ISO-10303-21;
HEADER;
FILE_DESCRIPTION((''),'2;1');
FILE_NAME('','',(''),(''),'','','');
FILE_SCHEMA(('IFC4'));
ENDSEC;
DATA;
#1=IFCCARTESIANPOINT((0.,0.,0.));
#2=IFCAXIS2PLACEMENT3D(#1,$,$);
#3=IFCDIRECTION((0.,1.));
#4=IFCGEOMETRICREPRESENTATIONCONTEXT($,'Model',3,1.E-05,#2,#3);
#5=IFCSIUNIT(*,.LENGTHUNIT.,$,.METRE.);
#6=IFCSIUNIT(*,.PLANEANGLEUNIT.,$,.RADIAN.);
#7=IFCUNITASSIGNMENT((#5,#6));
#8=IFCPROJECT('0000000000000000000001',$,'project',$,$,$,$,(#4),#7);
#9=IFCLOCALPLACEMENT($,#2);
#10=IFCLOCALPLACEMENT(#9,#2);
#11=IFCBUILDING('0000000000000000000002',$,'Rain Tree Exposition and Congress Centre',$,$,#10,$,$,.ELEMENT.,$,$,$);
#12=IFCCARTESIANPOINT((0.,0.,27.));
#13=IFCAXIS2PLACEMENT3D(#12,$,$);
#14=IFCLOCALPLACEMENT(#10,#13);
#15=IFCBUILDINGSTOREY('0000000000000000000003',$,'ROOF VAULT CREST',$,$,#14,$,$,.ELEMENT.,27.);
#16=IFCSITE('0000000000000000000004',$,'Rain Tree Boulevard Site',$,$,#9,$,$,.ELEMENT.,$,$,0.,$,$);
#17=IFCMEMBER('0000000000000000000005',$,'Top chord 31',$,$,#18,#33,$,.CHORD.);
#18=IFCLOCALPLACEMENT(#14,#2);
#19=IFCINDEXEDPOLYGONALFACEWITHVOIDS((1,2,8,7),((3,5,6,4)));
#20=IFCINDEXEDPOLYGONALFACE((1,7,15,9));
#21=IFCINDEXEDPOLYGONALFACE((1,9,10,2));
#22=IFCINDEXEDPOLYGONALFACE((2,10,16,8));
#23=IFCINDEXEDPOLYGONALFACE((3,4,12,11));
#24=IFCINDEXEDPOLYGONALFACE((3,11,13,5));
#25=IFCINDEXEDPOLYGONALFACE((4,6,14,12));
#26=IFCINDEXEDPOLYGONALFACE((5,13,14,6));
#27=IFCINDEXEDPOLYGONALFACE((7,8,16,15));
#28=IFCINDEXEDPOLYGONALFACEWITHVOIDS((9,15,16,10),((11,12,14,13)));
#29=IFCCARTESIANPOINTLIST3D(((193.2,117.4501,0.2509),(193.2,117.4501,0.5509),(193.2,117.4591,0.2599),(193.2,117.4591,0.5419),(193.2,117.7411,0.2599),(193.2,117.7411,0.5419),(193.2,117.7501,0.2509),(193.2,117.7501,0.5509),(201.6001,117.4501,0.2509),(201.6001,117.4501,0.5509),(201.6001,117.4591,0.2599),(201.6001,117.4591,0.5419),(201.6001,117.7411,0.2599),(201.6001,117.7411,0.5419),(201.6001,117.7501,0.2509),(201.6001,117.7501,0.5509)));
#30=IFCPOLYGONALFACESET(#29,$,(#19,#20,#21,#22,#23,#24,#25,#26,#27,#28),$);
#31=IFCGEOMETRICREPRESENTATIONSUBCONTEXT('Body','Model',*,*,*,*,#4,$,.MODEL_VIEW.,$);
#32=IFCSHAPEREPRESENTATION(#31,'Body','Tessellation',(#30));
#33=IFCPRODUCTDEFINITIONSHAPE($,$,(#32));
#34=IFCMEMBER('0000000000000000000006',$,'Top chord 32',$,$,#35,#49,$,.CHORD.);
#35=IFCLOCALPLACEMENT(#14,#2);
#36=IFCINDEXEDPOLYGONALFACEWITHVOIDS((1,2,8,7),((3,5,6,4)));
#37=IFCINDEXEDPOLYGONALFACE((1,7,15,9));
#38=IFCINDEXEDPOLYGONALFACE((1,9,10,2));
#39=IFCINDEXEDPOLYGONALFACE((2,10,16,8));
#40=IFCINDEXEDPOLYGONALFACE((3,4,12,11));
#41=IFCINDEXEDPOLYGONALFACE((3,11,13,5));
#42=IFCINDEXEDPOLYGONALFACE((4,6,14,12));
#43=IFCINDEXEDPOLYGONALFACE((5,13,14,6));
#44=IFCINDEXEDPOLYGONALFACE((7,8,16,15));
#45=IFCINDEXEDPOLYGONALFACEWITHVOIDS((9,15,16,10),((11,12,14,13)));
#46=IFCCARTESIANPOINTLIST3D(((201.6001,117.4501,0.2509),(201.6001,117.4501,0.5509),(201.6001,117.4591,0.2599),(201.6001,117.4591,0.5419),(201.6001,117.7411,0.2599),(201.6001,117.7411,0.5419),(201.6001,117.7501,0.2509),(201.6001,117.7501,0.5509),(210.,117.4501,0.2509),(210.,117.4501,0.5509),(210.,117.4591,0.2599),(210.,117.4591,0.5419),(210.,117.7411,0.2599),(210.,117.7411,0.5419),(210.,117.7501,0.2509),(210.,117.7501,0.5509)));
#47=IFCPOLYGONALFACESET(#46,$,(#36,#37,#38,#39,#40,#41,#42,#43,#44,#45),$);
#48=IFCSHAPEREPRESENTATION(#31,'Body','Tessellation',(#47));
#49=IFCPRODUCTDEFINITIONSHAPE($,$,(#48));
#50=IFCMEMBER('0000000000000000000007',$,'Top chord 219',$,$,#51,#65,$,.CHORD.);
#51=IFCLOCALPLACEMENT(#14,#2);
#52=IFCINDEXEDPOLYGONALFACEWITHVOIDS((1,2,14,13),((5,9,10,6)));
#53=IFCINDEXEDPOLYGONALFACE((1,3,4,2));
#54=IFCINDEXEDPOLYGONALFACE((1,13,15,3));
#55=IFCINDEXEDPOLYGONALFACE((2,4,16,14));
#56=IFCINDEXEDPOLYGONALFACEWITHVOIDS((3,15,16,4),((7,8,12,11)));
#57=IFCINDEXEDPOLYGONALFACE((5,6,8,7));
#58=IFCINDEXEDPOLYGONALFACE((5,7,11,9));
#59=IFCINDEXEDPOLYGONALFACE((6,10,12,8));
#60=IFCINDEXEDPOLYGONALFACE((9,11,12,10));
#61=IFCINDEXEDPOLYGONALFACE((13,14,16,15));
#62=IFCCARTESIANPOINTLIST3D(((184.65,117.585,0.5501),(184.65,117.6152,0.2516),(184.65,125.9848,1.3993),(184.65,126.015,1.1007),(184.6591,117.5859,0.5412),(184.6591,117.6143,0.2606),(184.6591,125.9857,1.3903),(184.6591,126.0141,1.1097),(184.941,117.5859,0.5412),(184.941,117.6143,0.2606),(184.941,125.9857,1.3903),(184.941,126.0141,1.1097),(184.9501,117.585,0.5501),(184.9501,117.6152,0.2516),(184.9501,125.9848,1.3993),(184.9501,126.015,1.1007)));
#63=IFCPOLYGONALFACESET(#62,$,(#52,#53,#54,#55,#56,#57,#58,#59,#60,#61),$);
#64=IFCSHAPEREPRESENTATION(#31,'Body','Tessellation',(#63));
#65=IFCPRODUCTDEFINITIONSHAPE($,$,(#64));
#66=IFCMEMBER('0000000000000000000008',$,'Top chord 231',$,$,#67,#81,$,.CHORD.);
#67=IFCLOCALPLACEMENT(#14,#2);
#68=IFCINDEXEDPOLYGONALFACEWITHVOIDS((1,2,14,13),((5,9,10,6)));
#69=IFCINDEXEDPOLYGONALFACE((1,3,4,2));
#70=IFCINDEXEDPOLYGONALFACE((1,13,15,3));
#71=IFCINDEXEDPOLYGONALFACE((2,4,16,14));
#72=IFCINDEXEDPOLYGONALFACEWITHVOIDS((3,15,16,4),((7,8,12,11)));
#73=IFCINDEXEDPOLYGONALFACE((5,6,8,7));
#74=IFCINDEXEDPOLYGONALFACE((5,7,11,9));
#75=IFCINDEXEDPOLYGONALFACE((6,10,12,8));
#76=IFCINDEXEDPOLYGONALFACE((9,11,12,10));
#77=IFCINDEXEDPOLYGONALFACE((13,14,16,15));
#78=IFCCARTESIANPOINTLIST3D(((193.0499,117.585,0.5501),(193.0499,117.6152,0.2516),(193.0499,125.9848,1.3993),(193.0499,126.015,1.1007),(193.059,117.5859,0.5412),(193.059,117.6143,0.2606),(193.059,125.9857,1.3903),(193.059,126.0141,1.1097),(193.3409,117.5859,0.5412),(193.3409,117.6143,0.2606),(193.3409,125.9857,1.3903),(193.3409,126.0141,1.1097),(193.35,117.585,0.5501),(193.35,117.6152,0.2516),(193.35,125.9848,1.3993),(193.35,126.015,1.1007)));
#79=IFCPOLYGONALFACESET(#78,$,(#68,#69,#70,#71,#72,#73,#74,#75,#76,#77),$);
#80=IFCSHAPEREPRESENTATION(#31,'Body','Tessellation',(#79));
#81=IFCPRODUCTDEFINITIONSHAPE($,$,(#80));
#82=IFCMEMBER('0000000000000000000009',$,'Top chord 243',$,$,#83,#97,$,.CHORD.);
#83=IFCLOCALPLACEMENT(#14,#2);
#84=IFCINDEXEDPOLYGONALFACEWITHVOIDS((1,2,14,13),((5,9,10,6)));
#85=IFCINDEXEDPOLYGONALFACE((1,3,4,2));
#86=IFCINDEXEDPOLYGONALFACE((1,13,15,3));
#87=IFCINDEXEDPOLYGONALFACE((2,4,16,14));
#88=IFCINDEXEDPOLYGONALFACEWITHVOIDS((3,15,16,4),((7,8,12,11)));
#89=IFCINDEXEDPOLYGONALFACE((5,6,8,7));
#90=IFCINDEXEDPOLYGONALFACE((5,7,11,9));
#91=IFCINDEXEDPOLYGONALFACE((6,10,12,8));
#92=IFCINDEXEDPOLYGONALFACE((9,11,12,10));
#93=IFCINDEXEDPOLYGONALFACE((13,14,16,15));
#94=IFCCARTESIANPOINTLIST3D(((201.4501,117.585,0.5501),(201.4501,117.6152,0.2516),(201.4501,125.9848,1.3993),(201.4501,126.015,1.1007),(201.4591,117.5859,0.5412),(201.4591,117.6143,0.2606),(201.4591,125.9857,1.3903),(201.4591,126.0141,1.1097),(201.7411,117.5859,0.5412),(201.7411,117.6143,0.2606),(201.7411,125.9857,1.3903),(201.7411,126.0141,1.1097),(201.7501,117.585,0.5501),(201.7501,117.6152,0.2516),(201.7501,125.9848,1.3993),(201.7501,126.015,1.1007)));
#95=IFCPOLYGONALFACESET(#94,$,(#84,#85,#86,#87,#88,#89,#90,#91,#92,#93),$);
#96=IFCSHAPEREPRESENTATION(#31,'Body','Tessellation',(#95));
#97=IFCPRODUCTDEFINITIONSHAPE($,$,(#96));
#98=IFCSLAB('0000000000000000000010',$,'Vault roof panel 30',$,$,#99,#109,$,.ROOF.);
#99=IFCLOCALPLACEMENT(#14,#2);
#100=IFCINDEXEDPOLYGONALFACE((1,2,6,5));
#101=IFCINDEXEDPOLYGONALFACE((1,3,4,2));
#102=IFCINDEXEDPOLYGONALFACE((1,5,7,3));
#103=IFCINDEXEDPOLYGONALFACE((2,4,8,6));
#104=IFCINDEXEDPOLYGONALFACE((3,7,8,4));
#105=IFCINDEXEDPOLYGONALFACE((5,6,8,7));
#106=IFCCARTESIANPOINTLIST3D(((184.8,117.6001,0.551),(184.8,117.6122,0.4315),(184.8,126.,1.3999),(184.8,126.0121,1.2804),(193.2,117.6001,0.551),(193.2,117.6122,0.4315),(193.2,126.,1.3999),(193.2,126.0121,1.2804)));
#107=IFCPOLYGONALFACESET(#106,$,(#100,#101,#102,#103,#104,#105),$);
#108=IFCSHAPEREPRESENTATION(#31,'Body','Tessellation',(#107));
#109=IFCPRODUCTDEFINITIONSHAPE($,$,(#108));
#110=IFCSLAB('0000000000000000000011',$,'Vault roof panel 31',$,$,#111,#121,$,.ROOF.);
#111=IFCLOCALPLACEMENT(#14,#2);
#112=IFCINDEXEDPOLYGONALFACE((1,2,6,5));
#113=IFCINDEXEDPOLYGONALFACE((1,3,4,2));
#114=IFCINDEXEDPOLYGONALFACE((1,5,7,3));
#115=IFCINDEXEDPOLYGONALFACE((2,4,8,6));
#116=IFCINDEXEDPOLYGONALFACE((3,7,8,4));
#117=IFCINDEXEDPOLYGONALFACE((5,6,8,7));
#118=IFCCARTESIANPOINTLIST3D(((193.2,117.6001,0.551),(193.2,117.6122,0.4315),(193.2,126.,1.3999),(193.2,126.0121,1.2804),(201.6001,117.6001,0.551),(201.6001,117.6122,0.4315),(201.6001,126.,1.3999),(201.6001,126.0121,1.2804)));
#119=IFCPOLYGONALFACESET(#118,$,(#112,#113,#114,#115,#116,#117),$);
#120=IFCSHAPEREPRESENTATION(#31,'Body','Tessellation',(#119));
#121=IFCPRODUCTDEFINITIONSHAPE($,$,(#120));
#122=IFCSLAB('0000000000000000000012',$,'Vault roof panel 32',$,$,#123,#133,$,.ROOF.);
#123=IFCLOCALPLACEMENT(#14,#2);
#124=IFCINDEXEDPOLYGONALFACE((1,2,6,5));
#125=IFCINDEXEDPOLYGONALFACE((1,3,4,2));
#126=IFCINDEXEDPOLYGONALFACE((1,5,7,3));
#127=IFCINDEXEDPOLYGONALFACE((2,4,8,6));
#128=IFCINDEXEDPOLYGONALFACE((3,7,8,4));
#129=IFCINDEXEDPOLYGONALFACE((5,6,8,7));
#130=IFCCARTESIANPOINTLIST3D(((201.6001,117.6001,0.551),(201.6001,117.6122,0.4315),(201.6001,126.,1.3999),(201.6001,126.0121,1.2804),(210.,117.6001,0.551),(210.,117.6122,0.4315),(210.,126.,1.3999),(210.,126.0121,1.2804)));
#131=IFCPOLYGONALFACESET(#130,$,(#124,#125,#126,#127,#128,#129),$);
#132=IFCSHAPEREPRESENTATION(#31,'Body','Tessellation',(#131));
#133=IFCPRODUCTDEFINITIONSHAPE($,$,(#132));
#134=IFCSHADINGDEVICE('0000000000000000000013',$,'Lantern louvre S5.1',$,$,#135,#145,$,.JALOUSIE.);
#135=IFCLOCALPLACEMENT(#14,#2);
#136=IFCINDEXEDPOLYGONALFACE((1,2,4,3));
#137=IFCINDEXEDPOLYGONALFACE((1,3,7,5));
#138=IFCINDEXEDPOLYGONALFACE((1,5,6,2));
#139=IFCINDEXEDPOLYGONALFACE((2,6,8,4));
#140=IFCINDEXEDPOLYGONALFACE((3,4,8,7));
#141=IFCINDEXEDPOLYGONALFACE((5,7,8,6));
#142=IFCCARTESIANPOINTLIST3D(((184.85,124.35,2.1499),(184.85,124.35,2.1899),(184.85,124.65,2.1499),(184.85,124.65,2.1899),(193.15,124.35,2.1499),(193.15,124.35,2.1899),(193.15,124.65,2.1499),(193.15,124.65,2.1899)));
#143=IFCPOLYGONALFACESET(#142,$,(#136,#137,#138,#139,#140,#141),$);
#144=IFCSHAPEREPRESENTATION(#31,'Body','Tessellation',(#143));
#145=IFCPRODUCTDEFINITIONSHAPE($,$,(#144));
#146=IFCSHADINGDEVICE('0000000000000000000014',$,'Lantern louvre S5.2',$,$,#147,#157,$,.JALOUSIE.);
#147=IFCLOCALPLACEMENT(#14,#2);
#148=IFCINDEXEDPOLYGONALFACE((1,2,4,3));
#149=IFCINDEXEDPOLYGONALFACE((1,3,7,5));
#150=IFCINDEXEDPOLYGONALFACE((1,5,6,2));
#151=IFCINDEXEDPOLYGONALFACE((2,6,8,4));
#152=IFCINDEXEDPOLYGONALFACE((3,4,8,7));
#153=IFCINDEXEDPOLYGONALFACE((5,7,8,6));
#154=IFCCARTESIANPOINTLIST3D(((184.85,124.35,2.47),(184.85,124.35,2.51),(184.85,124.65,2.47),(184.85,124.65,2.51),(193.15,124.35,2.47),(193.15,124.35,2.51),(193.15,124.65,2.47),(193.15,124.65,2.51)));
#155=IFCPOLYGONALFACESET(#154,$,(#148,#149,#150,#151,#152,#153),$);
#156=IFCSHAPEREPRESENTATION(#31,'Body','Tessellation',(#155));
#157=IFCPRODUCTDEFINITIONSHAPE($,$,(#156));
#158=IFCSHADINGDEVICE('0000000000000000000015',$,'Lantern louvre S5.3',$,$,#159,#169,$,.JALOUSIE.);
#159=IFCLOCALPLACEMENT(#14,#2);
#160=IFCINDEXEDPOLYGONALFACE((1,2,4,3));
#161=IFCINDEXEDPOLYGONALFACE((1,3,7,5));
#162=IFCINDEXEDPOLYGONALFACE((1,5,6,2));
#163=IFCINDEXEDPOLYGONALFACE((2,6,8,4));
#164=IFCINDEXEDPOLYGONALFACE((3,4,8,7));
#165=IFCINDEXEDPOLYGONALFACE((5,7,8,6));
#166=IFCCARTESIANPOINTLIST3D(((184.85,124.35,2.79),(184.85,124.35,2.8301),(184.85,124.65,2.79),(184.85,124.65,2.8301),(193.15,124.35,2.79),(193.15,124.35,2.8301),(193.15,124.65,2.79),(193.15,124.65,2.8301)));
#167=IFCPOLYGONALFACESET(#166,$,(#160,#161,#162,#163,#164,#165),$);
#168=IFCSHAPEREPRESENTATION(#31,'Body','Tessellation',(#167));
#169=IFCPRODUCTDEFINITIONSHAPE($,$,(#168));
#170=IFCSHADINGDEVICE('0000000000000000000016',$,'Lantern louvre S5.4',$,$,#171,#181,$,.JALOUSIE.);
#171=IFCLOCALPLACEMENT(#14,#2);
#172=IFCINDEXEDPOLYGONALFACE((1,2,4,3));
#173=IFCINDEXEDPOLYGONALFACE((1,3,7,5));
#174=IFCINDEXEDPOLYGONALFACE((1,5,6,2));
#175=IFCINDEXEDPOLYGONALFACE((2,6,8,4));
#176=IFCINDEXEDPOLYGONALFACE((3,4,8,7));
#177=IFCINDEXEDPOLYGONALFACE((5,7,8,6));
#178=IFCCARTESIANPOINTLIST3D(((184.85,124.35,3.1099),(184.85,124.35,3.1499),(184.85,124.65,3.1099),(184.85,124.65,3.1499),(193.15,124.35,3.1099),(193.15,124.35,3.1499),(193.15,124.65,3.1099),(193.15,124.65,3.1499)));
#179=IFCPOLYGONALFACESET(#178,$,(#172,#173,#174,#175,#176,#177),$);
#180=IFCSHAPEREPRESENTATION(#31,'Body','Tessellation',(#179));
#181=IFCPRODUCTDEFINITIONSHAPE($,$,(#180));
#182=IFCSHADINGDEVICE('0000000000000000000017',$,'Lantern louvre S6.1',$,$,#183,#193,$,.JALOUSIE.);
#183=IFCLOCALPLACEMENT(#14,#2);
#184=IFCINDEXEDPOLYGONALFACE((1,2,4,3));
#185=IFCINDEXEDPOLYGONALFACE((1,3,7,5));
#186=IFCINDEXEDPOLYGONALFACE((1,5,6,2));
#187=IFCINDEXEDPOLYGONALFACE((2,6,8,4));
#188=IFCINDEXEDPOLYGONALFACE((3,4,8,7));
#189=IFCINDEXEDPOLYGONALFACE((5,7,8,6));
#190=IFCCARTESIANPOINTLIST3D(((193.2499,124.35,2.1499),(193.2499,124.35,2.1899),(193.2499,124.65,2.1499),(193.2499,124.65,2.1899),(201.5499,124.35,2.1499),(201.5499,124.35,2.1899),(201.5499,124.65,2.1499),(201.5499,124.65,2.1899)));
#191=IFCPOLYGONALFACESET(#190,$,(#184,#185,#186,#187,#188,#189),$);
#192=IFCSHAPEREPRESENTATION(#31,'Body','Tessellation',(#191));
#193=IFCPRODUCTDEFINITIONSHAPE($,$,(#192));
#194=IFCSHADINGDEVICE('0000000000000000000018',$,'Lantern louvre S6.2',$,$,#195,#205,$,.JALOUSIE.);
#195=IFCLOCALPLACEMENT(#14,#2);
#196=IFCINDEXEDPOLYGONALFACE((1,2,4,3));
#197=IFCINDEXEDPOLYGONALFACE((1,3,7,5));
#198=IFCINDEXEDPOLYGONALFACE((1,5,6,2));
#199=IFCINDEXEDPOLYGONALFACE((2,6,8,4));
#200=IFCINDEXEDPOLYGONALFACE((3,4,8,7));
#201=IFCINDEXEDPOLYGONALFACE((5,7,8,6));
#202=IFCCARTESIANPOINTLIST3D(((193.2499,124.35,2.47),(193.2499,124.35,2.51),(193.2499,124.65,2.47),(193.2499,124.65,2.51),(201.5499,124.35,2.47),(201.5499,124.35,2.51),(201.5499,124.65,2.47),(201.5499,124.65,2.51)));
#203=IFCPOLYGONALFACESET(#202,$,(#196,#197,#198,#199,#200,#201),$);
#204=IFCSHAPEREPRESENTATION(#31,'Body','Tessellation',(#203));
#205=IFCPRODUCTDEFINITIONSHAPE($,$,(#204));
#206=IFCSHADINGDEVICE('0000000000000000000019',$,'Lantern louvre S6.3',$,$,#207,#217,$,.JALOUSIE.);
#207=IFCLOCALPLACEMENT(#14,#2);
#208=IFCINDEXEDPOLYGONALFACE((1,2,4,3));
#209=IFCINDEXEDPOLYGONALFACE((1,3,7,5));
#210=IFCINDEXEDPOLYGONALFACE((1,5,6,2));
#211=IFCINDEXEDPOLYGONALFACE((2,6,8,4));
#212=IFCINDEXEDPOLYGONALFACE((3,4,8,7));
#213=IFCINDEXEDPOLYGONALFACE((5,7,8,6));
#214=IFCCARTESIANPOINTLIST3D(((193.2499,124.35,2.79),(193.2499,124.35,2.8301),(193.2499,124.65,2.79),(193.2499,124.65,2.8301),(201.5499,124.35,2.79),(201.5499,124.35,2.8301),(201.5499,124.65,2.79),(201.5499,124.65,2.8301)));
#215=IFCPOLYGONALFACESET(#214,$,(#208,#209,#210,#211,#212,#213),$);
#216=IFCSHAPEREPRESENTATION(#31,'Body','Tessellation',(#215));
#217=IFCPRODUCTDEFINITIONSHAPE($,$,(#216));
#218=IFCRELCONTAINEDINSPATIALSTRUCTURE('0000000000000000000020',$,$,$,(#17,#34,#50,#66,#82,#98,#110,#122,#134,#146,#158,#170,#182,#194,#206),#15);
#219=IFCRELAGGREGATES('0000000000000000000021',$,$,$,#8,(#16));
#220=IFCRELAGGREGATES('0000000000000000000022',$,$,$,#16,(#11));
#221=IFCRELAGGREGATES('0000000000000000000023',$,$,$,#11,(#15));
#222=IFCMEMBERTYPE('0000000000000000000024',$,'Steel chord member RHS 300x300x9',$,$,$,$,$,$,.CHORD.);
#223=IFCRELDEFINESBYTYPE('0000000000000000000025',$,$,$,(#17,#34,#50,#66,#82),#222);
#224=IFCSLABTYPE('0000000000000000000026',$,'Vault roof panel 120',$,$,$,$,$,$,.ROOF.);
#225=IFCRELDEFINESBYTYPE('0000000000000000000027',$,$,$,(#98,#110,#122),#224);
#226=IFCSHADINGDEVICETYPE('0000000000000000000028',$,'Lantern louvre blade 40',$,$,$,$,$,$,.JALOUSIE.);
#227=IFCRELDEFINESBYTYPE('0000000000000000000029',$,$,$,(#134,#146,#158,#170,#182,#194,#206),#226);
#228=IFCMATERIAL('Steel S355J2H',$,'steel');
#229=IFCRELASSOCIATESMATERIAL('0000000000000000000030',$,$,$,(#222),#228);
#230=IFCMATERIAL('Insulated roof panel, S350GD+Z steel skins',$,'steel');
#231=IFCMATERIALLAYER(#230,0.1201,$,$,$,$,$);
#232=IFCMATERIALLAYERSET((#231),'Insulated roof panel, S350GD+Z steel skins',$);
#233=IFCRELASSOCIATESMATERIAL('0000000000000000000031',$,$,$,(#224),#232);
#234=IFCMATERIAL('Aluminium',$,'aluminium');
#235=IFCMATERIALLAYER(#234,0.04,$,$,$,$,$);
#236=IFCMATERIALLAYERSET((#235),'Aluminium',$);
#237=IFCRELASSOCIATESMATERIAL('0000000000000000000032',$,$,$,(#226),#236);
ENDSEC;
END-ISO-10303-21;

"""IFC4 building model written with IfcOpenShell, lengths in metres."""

from ifc_helpers import new_model, si_unit, direction, frame, origin, origin_2d, place, context, subcontext, project, spatial, polyline, rectangle, hollow_rectangle, outline, extrude, material, layer, layer_set, material_profile, profile_set, type_object, element, save


model = new_model("IFC4")

# Units and contexts
model_context = context("Model", 3, precision=1e-05, world=origin(), true_north=direction((0.0, 1.0)))
body_context = subcontext(model_context, "Body", "Model", "MODEL_VIEW")
ifc_project = project(units=[si_unit("LENGTHUNIT", "METRE"), si_unit("PLANEANGLEUNIT", "RADIAN")], contexts=[model_context])

# Site, building, storey
site_placement = place(None, origin())
site = spatial("IfcSite", under=ifc_project, at=site_placement, Name="Rain Tree Boulevard Site", CompositionType="ELEMENT", RefElevation=0.0)
building_placement = place(site_placement, origin())
building = spatial("IfcBuilding", under=site, at=building_placement, Name="Rain Tree Exposition and Congress Centre", CompositionType="ELEMENT")
storey_placement = place(building_placement, frame((0.0, 0.0, 27.0)))
storey = spatial("IfcBuildingStorey", under=building, at=storey_placement, Name="ROOF VAULT CREST", CompositionType="ELEMENT", Elevation=27.0)

# Members
ifc_material_1 = material(Name="Steel S355J2H", Category="steel")
ifc_material_profile_1 = material_profile(ifc_material_1, hollow_rectangle(XDim=0.3, YDim=0.3, WallThickness=0.009, at=origin_2d()), Name="RHS 300x300x9")
ifc_profile_set_1 = profile_set([ifc_material_profile_1], Name="Steel S355J2H")
member_type = type_object("IfcMemberType", Name="Steel chord member RHS 300x300x9", PredefinedType="CHORD", material=ifc_profile_set_1)
member_1_placement = place(storey_placement, frame((193.2, 117.6001, 0.4009), z_axis=(1.0, 0.0, 0.0), x_axis=(0.0, 1.0, 0.0)))
element("IfcMember", 1, at=member_1_placement, inside=storey, type_object=member_type, Name="Top chord 31", PredefinedType="CHORD", context=body_context, shape_type="SweptSolid", body=[
    extrude(hollow_rectangle(XDim=0.3, YDim=0.3, WallThickness=0.009, at=origin_2d()), origin(), (0.0, 0.0, 1.0), 8.4001),
])
member_2_placement = place(storey_placement, frame((201.6001, 117.6001, 0.4009), z_axis=(1.0, 0.0, 0.0), x_axis=(0.0, 1.0, 0.0)))
element("IfcMember", 2, at=member_2_placement, inside=storey, type_object=member_type, Name="Top chord 32", PredefinedType="CHORD", context=body_context, shape_type="SweptSolid", body=[
    extrude(hollow_rectangle(XDim=0.3, YDim=0.3, WallThickness=0.009, at=origin_2d()), origin(), (0.0, 0.0, 1.0), 8.3999),
])
for number, where, z_axis, x_axis, name in (
    (3, (184.8, 117.6001, 0.4009), (0.0, 0.99493, 0.100574), (-1.0, 0.0, 0.0), "Top chord 219"),
    (4, (193.2, 117.6001, 0.4009), (0.0, 0.99493, 0.100574), (-1.0, 0.0, 0.0), "Top chord 231"),
    (5, (201.6001, 117.6001, 0.4009), (0.0, 0.99493, 0.100574), (-1.0, 0.0, 0.0), "Top chord 243"),
):
    element("IfcMember", number, at=place(storey_placement, frame(where, z_axis=z_axis, x_axis=x_axis)), inside=storey, type_object=member_type, Name=name, PredefinedType="CHORD", context=body_context, shape_type="SweptSolid", body=[
        extrude(hollow_rectangle(XDim=0.3, YDim=0.3, WallThickness=0.009, at=origin_2d()), origin(), (0.0, 0.0, 1.0), 8.4426),
    ])

# Slabs
ifc_material_2 = material(Name="Insulated roof panel, S350GD+Z steel skins", Category="steel")
ifc_layer_1 = layer(ifc_material_2, 0.1201)
ifc_layer_set_1 = layer_set([ifc_layer_1], Name="Insulated roof panel, S350GD+Z steel skins")
slab_type = type_object("IfcSlabType", Name="Vault roof panel 120", PredefinedType="ROOF", material=ifc_layer_set_1)
slab_1_placement = place(storey_placement, frame((184.8, 117.6001, 0.551), z_axis=(0.0, -0.100546, 0.994932), x_axis=(1.0, 0.0, 0.0)))
element("IfcSlab", 6, at=slab_1_placement, inside=storey, type_object=slab_type, Name="Vault roof panel 30", PredefinedType="ROOF", context=body_context, shape_type="SweptSolid", body=[
    extrude(outline(polyline([(0.0, 0.0), (8.3999, 0.0), (8.3999, 8.4427), (0.0, 8.4427), (0.0, 0.0)])), origin(), (0.0, 0.0, -1.0), 0.1201),
])
slab_2_placement = place(storey_placement, frame((193.2, 117.6001, 0.551), z_axis=(0.0, -0.100546, 0.994932), x_axis=(1.0, 0.0, 0.0)))
element("IfcSlab", 7, at=slab_2_placement, inside=storey, type_object=slab_type, Name="Vault roof panel 31", PredefinedType="ROOF", context=body_context, shape_type="SweptSolid", body=[
    extrude(outline(polyline([(0.0, 0.0), (8.4001, 0.0), (8.4001, 8.4427), (0.0, 8.4427), (0.0, 0.0)])), origin(), (0.0, 0.0, -1.0), 0.1201),
])
slab_3_placement = place(storey_placement, frame((201.6001, 117.6001, 0.551), z_axis=(0.0, -0.100546, 0.994932), x_axis=(1.0, 0.0, 0.0)))
element("IfcSlab", 8, at=slab_3_placement, inside=storey, type_object=slab_type, Name="Vault roof panel 32", PredefinedType="ROOF", context=body_context, shape_type="SweptSolid", body=[
    extrude(outline(polyline([(0.0, 0.0), (8.3999, 0.0), (8.3999, 8.4427), (0.0, 8.4427), (0.0, 0.0)])), origin(), (0.0, 0.0, -1.0), 0.1201),
])

# Shading devices
ifc_material_3 = material(Name="Aluminium", Category="aluminium")
ifc_layer_2 = layer(ifc_material_3, 0.04)
ifc_layer_set_2 = layer_set([ifc_layer_2], Name="Aluminium")
shading_device_type = type_object("IfcShadingDeviceType", Name="Lantern louvre blade 40", PredefinedType="JALOUSIE", material=ifc_layer_set_2)
for number, where, z_axis, x_axis, name in (
    (9, (189.0, 124.5, 2.1499), (0.0, 0.0, 1.0), (1.0, 0.0, 0.0), "Lantern louvre S5.1"),
    (10, (189.0, 124.5, 2.47), (0.0, 0.0, 1.0), (1.0, 0.0, 0.0), "Lantern louvre S5.2"),
    (11, (189.0, 124.5, 2.79), (0.0, 0.0, 1.0), (1.0, 0.0, 0.0), "Lantern louvre S5.3"),
    (12, (189.0, 124.5, 3.1099), (0.0, 0.0, 1.0), (1.0, 0.0, 0.0), "Lantern louvre S5.4"),
    (13, (197.3999, 124.5, 2.1499), (0.0, 0.0, 1.0), (1.0, 0.0, 0.0), "Lantern louvre S6.1"),
    (14, (197.3999, 124.5, 2.47), (0.0, 0.0, 1.0), (1.0, 0.0, 0.0), "Lantern louvre S6.2"),
    (15, (197.3999, 124.5, 2.79), (0.0, 0.0, 1.0), (1.0, 0.0, 0.0), "Lantern louvre S6.3"),
):
    element("IfcShadingDevice", number, at=place(storey_placement, frame(where, z_axis=z_axis, x_axis=x_axis)), inside=storey, type_object=shading_device_type, Name=name, PredefinedType="JALOUSIE", context=body_context, shape_type="SweptSolid", body=[
        extrude(rectangle(XDim=8.3, YDim=0.3, at=origin_2d()), origin(), (0.0, 0.0, 1.0), 0.04),
    ])

save(model, "model.ifc")
